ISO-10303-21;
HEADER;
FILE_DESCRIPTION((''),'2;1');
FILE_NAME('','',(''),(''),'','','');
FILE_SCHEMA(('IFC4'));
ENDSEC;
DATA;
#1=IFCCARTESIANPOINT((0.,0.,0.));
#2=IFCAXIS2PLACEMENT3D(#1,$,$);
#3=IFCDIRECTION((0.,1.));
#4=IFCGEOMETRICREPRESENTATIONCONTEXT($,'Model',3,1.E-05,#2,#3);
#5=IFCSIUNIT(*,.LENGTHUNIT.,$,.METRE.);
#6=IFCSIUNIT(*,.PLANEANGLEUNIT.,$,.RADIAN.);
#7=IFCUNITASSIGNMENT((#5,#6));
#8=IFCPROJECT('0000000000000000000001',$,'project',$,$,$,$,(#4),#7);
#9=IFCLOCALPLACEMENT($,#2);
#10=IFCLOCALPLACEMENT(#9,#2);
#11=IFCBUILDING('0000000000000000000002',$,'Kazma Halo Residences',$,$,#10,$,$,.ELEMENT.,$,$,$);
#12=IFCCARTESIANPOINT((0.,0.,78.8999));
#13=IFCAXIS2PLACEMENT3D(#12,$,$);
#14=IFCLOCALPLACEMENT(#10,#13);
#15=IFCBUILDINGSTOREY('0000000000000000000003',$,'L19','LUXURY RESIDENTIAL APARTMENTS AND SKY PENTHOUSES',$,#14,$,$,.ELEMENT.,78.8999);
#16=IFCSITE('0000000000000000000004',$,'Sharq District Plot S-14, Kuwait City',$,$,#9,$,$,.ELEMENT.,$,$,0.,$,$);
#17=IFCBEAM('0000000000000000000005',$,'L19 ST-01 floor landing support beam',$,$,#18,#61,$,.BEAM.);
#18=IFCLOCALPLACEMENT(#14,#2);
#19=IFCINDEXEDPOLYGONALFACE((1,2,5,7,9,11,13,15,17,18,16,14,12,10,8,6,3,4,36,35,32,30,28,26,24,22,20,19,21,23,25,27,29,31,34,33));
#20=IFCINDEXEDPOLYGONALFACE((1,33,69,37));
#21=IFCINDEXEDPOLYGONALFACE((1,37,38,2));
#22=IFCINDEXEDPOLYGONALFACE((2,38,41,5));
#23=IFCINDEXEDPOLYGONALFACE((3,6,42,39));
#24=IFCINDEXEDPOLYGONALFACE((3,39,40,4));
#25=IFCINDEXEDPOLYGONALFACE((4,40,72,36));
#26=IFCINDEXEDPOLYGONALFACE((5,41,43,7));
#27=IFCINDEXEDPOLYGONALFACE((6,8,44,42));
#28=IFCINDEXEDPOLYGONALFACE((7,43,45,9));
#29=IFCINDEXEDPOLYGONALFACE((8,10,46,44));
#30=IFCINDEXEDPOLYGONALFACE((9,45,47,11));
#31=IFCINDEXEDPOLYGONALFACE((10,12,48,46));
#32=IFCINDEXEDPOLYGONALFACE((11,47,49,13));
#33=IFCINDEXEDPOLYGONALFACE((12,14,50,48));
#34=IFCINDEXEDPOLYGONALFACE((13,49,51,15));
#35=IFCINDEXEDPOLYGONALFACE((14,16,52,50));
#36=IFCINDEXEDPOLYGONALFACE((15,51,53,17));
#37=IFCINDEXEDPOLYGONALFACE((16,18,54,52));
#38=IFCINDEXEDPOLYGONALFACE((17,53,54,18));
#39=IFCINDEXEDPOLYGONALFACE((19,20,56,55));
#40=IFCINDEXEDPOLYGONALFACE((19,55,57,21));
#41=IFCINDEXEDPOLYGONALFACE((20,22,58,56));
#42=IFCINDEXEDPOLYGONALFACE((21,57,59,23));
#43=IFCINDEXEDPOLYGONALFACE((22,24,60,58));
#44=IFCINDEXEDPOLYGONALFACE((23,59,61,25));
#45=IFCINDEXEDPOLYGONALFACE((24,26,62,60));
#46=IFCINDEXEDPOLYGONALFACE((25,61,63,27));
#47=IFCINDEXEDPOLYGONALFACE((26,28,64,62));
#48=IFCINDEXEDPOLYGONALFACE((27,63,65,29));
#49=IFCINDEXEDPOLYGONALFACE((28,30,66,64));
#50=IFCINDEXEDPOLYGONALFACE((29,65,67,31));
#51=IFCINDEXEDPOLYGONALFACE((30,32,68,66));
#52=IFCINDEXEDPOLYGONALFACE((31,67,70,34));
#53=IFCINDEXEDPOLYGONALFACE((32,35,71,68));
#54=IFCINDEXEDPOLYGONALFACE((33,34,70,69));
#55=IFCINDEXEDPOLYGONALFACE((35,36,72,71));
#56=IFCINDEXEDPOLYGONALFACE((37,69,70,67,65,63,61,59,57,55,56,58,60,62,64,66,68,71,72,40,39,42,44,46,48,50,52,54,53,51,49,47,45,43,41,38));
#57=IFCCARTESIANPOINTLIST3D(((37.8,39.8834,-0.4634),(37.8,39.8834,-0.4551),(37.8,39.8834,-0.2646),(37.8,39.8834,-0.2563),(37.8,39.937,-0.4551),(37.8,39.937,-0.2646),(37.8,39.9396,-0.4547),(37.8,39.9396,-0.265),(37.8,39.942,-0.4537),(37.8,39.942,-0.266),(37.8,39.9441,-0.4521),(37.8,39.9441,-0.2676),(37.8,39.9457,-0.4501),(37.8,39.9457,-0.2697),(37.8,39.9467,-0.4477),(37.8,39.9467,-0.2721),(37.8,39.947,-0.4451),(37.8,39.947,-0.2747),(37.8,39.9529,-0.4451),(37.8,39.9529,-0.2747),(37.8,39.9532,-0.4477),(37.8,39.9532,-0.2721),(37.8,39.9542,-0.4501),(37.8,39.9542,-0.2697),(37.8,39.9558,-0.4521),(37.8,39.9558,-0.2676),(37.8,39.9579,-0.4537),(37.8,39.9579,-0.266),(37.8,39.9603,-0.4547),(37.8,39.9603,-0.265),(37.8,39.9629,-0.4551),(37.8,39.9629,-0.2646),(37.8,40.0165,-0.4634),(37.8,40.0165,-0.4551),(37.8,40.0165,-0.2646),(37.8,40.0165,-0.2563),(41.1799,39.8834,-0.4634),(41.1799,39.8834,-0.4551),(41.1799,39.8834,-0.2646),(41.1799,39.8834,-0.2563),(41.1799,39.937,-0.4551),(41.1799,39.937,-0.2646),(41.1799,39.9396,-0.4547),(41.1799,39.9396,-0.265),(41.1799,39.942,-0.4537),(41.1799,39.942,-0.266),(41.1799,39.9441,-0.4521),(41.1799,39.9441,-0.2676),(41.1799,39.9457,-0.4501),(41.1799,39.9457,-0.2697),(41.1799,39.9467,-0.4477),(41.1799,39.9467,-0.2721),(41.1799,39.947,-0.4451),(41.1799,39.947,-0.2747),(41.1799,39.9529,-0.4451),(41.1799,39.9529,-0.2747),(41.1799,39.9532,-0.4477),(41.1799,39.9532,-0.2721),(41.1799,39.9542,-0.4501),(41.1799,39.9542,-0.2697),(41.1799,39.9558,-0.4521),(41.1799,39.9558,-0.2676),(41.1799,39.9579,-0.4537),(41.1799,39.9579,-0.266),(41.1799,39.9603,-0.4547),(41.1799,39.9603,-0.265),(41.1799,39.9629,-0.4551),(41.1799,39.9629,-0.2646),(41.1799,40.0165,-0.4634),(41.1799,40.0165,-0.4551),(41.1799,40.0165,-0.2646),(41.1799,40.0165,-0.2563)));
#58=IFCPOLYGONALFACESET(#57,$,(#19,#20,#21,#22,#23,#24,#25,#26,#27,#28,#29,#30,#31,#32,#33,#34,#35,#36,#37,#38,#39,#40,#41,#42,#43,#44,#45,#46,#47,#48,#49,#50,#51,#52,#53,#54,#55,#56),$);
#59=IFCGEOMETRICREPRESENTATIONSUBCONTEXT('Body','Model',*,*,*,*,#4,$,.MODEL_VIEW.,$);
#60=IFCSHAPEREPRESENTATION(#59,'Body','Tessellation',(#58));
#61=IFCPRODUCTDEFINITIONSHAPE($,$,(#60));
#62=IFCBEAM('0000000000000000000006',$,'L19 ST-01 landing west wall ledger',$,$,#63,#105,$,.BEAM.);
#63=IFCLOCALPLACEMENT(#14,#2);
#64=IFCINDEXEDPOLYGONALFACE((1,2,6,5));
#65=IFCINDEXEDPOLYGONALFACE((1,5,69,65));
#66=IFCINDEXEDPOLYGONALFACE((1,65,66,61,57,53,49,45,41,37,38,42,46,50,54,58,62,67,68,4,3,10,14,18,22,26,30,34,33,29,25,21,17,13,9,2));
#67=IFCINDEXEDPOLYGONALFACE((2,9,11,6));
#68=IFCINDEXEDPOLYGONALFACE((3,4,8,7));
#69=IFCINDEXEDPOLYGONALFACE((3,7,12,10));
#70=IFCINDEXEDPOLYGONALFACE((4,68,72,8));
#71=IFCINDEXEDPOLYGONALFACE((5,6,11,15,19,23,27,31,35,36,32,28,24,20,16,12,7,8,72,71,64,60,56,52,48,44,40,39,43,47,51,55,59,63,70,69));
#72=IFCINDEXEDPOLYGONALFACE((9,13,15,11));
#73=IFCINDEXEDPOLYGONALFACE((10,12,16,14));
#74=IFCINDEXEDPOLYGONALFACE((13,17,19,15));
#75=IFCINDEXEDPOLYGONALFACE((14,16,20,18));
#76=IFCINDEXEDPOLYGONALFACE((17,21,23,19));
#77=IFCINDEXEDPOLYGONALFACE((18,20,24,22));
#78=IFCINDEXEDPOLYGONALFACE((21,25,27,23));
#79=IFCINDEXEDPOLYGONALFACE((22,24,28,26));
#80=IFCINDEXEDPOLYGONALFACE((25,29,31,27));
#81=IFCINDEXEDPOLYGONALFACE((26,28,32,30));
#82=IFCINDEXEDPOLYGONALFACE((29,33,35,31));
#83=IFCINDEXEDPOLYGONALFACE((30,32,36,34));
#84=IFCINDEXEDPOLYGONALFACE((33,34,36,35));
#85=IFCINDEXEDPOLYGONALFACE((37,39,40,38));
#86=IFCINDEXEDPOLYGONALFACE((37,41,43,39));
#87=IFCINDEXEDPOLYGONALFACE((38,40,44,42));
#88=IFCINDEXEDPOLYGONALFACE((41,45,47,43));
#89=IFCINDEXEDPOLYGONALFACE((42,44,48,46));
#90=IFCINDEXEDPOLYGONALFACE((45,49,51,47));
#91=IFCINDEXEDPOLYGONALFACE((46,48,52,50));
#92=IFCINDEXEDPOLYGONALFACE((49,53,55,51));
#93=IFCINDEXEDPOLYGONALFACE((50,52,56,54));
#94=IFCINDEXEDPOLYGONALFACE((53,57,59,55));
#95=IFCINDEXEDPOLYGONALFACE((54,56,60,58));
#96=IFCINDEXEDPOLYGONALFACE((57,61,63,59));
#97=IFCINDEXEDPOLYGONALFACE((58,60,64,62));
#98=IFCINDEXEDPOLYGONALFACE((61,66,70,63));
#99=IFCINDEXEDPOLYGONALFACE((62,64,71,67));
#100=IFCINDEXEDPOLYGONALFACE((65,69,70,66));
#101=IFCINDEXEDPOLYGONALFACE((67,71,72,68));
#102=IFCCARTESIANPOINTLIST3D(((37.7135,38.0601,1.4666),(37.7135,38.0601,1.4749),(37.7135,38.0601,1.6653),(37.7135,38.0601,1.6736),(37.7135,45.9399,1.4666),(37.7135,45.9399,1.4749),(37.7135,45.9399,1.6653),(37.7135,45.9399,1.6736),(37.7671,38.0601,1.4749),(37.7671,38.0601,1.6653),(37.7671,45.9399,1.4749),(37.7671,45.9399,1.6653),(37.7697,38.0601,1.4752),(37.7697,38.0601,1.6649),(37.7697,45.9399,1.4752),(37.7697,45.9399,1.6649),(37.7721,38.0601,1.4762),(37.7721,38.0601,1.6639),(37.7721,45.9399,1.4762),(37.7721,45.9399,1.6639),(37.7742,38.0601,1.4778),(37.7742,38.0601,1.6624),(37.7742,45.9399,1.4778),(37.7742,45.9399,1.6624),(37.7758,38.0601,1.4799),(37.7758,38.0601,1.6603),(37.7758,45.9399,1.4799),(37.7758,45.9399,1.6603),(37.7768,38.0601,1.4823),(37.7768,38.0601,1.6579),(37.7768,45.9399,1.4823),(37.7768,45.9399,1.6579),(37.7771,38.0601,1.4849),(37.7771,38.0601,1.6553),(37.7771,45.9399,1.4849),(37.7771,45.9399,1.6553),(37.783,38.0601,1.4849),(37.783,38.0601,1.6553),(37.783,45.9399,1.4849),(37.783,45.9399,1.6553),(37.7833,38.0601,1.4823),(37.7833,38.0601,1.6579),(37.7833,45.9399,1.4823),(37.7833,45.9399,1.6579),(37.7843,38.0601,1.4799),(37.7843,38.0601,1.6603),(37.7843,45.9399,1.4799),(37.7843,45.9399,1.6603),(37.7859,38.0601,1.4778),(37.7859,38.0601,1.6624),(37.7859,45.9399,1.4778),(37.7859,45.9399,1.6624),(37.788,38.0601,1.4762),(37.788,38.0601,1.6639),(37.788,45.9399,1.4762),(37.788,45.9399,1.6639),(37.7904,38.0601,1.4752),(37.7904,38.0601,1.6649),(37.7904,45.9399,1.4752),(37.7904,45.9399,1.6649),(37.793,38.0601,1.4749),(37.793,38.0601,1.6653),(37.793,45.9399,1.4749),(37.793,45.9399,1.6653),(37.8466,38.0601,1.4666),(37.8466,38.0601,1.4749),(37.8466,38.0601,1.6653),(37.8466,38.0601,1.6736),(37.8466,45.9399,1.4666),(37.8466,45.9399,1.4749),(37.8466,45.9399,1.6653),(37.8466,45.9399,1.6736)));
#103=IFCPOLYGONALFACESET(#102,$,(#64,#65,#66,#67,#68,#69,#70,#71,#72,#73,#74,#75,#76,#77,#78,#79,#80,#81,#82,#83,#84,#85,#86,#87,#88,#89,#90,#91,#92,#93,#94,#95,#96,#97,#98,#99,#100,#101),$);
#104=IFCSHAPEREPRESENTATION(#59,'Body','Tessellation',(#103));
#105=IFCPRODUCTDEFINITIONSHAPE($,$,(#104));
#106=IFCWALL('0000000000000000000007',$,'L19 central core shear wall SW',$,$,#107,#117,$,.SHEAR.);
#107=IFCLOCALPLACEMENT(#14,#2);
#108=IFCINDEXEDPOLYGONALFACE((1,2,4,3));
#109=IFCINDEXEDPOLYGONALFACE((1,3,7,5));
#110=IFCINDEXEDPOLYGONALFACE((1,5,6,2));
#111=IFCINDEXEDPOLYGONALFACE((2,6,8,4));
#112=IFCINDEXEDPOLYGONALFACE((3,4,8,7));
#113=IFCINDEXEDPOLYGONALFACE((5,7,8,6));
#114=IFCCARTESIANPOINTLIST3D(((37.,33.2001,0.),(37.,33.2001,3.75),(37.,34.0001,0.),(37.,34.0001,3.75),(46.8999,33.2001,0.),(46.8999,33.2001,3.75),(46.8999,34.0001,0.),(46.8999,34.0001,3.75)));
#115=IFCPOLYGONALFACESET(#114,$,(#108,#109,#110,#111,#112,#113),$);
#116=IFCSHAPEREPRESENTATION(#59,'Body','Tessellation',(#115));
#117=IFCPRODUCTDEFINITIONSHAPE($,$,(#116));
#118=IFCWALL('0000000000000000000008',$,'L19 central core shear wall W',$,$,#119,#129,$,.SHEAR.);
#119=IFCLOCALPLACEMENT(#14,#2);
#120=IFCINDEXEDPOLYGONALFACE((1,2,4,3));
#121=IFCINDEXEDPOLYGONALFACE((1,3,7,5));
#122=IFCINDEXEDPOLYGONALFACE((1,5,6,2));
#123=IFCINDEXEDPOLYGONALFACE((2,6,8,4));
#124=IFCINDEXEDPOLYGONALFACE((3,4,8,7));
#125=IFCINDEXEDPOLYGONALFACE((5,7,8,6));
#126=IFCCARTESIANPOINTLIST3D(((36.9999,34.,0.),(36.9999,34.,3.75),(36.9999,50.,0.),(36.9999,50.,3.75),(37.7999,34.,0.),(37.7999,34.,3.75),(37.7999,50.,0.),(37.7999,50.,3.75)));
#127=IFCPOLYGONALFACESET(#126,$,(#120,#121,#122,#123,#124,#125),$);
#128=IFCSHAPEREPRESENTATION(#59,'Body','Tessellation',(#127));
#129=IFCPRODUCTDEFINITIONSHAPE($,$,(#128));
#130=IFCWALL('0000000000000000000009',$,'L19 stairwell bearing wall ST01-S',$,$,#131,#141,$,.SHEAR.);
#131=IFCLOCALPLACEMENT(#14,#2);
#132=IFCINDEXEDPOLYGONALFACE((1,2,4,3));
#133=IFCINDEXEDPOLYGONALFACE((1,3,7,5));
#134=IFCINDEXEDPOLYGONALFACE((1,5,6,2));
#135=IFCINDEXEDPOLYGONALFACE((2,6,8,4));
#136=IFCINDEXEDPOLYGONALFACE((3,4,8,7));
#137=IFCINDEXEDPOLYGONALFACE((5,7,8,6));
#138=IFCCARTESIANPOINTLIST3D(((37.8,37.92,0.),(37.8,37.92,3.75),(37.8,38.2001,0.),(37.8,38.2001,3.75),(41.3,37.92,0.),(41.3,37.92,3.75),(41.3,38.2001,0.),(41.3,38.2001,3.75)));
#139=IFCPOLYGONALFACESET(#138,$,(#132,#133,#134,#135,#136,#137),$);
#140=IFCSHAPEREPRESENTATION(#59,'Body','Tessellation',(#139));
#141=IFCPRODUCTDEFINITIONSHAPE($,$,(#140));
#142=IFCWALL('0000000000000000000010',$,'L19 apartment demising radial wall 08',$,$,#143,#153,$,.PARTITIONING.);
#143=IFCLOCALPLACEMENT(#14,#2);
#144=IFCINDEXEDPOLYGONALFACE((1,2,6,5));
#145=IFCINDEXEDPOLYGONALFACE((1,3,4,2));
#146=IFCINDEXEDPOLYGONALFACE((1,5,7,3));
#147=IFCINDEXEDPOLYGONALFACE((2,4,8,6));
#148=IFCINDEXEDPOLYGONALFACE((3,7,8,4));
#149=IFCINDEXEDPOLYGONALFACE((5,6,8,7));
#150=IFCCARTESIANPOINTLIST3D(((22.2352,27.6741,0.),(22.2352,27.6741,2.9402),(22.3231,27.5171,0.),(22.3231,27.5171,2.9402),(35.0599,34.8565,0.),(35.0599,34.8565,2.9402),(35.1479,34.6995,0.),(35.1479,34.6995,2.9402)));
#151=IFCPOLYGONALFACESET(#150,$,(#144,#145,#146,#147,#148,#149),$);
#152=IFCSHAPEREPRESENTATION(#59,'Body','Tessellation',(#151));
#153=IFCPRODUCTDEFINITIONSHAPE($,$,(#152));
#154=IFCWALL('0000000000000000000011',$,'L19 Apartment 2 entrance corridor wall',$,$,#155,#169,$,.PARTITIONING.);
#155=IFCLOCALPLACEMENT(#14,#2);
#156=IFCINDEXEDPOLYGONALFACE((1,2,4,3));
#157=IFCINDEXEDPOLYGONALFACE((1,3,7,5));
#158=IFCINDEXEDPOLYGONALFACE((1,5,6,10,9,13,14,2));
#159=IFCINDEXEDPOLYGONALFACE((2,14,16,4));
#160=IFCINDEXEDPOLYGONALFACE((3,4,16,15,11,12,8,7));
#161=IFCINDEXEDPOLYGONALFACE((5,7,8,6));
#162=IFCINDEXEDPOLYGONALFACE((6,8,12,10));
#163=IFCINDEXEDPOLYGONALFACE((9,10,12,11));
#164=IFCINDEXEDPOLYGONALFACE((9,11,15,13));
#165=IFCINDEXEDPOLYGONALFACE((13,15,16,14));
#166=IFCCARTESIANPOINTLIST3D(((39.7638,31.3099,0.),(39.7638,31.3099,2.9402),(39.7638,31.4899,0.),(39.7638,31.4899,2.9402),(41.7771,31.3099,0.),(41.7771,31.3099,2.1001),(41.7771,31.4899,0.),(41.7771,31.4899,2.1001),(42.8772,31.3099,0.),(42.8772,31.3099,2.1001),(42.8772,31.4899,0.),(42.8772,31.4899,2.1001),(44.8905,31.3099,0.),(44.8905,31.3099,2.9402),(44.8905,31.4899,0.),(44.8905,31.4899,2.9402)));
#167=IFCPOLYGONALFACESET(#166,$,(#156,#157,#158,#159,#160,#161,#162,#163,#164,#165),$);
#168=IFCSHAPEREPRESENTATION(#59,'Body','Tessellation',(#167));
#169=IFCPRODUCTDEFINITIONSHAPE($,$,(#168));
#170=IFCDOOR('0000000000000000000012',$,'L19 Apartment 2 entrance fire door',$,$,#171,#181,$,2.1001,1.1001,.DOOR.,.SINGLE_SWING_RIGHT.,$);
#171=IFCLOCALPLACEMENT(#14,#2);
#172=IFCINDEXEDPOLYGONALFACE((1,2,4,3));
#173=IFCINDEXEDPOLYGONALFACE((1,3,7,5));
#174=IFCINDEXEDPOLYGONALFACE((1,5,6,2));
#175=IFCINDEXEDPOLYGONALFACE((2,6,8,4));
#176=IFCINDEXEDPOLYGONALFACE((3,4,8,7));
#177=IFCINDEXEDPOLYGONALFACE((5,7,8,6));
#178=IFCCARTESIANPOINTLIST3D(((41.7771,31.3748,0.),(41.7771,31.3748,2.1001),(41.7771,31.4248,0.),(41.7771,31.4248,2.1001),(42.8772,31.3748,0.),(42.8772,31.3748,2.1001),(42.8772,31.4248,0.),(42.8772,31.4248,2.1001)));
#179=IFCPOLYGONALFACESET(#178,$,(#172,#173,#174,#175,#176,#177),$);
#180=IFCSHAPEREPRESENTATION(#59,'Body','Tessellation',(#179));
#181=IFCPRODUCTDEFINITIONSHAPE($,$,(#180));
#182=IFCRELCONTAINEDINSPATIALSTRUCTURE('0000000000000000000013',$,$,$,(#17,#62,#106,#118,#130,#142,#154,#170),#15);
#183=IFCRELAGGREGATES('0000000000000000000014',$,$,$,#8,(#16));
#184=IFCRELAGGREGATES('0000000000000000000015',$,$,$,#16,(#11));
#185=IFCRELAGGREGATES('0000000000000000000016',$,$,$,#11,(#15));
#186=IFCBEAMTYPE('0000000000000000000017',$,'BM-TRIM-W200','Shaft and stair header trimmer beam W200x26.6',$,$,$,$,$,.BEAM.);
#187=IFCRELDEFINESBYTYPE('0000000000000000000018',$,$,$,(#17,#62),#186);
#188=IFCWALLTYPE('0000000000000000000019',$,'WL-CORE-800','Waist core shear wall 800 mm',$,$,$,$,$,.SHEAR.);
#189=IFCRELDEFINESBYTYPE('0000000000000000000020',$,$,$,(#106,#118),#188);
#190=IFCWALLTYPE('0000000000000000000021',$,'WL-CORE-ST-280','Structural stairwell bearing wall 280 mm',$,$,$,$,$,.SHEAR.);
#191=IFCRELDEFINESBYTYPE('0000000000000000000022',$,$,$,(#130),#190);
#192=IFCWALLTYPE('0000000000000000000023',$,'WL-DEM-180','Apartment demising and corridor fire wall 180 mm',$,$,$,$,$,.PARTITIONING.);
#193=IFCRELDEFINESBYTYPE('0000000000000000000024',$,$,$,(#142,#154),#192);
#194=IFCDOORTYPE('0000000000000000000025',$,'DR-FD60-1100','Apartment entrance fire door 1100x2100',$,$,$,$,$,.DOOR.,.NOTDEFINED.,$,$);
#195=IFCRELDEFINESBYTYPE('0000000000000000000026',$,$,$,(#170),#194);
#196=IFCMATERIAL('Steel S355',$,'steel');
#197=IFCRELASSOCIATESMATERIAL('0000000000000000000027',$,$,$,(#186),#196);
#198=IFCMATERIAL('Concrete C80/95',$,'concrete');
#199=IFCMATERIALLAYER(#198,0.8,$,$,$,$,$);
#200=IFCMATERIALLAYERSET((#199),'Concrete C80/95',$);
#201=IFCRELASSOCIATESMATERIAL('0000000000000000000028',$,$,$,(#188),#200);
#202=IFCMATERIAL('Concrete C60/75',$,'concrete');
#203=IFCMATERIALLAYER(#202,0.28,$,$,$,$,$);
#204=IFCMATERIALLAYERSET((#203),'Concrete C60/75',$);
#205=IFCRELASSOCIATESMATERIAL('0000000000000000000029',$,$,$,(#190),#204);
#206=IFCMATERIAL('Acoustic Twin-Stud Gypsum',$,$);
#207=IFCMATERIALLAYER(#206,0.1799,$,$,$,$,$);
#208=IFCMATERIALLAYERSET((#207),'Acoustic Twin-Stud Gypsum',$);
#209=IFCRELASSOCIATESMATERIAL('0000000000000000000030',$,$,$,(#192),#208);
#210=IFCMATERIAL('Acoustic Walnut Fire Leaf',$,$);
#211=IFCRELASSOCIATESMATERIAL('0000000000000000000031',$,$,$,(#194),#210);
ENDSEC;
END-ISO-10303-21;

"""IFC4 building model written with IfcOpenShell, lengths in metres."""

from ifc_helpers import new_model, si_unit, direction, frame, frame_2d, origin, origin_2d, place, context, subcontext, project, spatial, rectangle, i_section, extrude, material, layer, layer_set, material_profile, profile_set, type_object, element, fill, save


model = new_model("IFC4")

# Units and contexts
model_context = context("Model", 3, precision=1e-05, world=origin(), true_north=direction((0.0, 1.0)))
body_context = subcontext(model_context, "Body", "Model", "MODEL_VIEW")
ifc_project = project(units=[si_unit("LENGTHUNIT", "METRE"), si_unit("PLANEANGLEUNIT", "RADIAN")], contexts=[model_context])

# Site, building, storey
site_placement = place(None, origin())
site = spatial("IfcSite", under=ifc_project, at=site_placement, Name="Sharq District Plot S-14, Kuwait City", CompositionType="ELEMENT", RefElevation=0.0)
building_placement = place(site_placement, origin())
building = spatial("IfcBuilding", under=site, at=building_placement, Name="Kazma Halo Residences", CompositionType="ELEMENT")
storey_placement = place(building_placement, frame((0.0, 0.0, 78.8999)))
storey = spatial("IfcBuildingStorey", under=building, at=storey_placement, Name="L19", Description="LUXURY RESIDENTIAL APARTMENTS AND SKY PENTHOUSES", CompositionType="ELEMENT", Elevation=78.8999)

# Beams
ifc_material_1 = material(Name="Steel S355", Category="steel")
ifc_material_profile_1 = material_profile(ifc_material_1, i_section(OverallWidth=0.1331, OverallDepth=0.207, WebThickness=0.0059, FlangeThickness=0.0083, FilletRadius=0.01, at=origin_2d()), Name="W200x26.6")
ifc_profile_set_1 = profile_set([ifc_material_profile_1], Name="Steel S355")
beam_type_1 = type_object("IfcBeamType", Name="BM-TRIM-W200", Description="Shaft and stair header trimmer beam W200x26.6", PredefinedType="BEAM", material=ifc_profile_set_1)
beam_1_placement = place(storey_placement, frame((37.8, 39.95, -0.3599), z_axis=(1.0, 0.0, 0.0), x_axis=(0.0, 1.0, 0.0)))
element("IfcBeam", 1, at=beam_1_placement, inside=storey, type_object=beam_type_1, Name="L19 ST-01 floor landing support beam", PredefinedType="BEAM", context=body_context, shape_type="SweptSolid", body=[
    extrude(i_section(OverallWidth=0.1331, OverallDepth=0.207, WebThickness=0.0059, FlangeThickness=0.0083, FilletRadius=0.01, at=origin_2d()), origin(), (0.0, 0.0, 1.0), 3.3799),
])
beam_2_placement = place(storey_placement, frame((37.78, 38.0601, 1.5701), z_axis=(0.0, 1.0, 0.0), x_axis=(-1.0, 0.0, 0.0)))
element("IfcBeam", 2, at=beam_2_placement, inside=storey, type_object=beam_type_1, Name="L19 ST-01 landing west wall ledger", PredefinedType="BEAM", context=body_context, shape_type="SweptSolid", body=[
    extrude(i_section(OverallWidth=0.1331, OverallDepth=0.207, WebThickness=0.0059, FlangeThickness=0.0083, FilletRadius=0.01, at=origin_2d()), origin(), (0.0, 0.0, 1.0), 7.8799),
])

# Walls
ifc_material_2 = material(Name="Concrete C80/95", Category="concrete")
ifc_layer_1 = layer(ifc_material_2, 0.8)
ifc_layer_set_1 = layer_set([ifc_layer_1], Name="Concrete C80/95")
wall_type_1 = type_object("IfcWallType", Name="WL-CORE-800", Description="Waist core shear wall 800 mm", PredefinedType="SHEAR", material=ifc_layer_set_1)
wall_1_placement = place(storey_placement, frame((37.0, 33.6001, 0.0), z_axis=(0.0, 0.0, 1.0), x_axis=(1.0, 0.0, 0.0)))
element("IfcWall", 3, at=wall_1_placement, inside=storey, type_object=wall_type_1, Name="L19 central core shear wall SW", PredefinedType="SHEAR", context=body_context, shape_type="SweptSolid", body=[
    extrude(rectangle(XDim=9.8999, YDim=0.8, at=frame_2d((4.95, 0.0))), origin(), (0.0, 0.0, 1.0), 3.75),
])
wall_2_placement = place(storey_placement, frame((37.3999, 34.0, 0.0), z_axis=(0.0, 0.0, 1.0), x_axis=(0.0, 1.0, 0.0)))
element("IfcWall", 4, at=wall_2_placement, inside=storey, type_object=wall_type_1, Name="L19 central core shear wall W", PredefinedType="SHEAR", context=body_context, shape_type="SweptSolid", body=[
    extrude(rectangle(XDim=16.0, YDim=0.8, at=frame_2d((8.0, 0.0))), origin(), (0.0, 0.0, 1.0), 3.75),
])
ifc_material_3 = material(Name="Concrete C60/75", Category="concrete")
ifc_layer_2 = layer(ifc_material_3, 0.28)
ifc_layer_set_2 = layer_set([ifc_layer_2], Name="Concrete C60/75")
wall_type_2 = type_object("IfcWallType", Name="WL-CORE-ST-280", Description="Structural stairwell bearing wall 280 mm", PredefinedType="SHEAR", material=ifc_layer_set_2)
wall_3_placement = place(storey_placement, frame((37.8, 38.0601, 0.0), z_axis=(0.0, 0.0, 1.0), x_axis=(1.0, 0.0, 0.0)))
element("IfcWall", 5, at=wall_3_placement, inside=storey, type_object=wall_type_2, Name="L19 stairwell bearing wall ST01-S", PredefinedType="SHEAR", context=body_context, shape_type="SweptSolid", body=[
    extrude(rectangle(XDim=3.5, YDim=0.28, at=frame_2d((1.75, 0.0))), origin(), (0.0, 0.0, 1.0), 3.75),
])
ifc_material_4 = material(Name="Acoustic Twin-Stud Gypsum")
ifc_layer_3 = layer(ifc_material_4, 0.1799)
ifc_layer_set_3 = layer_set([ifc_layer_3], Name="Acoustic Twin-Stud Gypsum")
wall_type_3 = type_object("IfcWallType", Name="WL-DEM-180", Description="Apartment demising and corridor fire wall 180 mm", PredefinedType="PARTITIONING", material=ifc_layer_set_3)
wall_4_placement = place(storey_placement, frame((35.104, 34.7781, 0.0), z_axis=(0.0, 0.0, 1.0), x_axis=(-0.87249, -0.488631, 0.0)))
element("IfcWall", 6, at=wall_4_placement, inside=storey, type_object=wall_type_3, Name="L19 apartment demising radial wall 08", PredefinedType="PARTITIONING", context=body_context, shape_type="SweptSolid", body=[
    extrude(rectangle(XDim=14.699, YDim=0.1799, at=frame_2d((7.3496, 0.0))), origin(), (0.0, 0.0, 1.0), 2.9402),
])

# Wall, opening, door
wall_5_placement = place(storey_placement, frame((39.7637, 31.3999, 0.0), z_axis=(0.0, 0.0, 1.0), x_axis=(1.0, 0.0, 0.0)))
wall_5 = element("IfcWall", 7, at=wall_5_placement, inside=storey, type_object=wall_type_3, Name="L19 Apartment 2 entrance corridor wall", PredefinedType="PARTITIONING", context=body_context, shape_type="SweptSolid", body=[
    extrude(rectangle(XDim=5.1267, YDim=0.1799, at=frame_2d((2.5635, 0.0))), origin(), (0.0, 0.0, 1.0), 2.9402),
])
opening_1_placement = place(wall_5_placement, frame((2.0134, 0.0, 0.0)))
opening_1 = element("IfcOpeningElement", 8, at=opening_1_placement, cuts=wall_5, PredefinedType="OPENING", context=body_context, shape_type="SweptSolid", body=[
    extrude(rectangle(XDim=1.1001, YDim=2.1001, at=frame_2d((0.55, 1.05))), frame((0.0, 0.0999, 0.0), z_axis=(0.0, -1.0, 0.0), x_axis=(1.0, 0.0, 0.0)), (0.0, 0.0, 1.0), 0.2),
])
ifc_material_5 = material(Name="Acoustic Walnut Fire Leaf")
door_type_1 = type_object("IfcDoorType", Name="DR-FD60-1100", Description="Apartment entrance fire door 1100x2100", OperationType="NOTDEFINED", PredefinedType="DOOR", material=ifc_material_5)
door_1_placement = place(opening_1_placement, origin())
door_1 = element("IfcDoor", 9, at=door_1_placement, inside=storey, type_object=door_type_1, Name="L19 Apartment 2 entrance fire door", OperationType="SINGLE_SWING_RIGHT", OverallHeight=2.1001, OverallWidth=1.1001, PredefinedType="DOOR", context=body_context, shape_type="SweptSolid", body=[
    extrude(rectangle(XDim=1.1001, YDim=2.1001, at=frame_2d((0.55, 1.05))), frame((0.0, 0.0249, 0.0), z_axis=(0.0, -1.0, 0.0), x_axis=(1.0, 0.0, 0.0)), (0.0, 0.0, 1.0), 0.05),
])
fill(opening_1, door_1)

save(model, "model.ifc")
